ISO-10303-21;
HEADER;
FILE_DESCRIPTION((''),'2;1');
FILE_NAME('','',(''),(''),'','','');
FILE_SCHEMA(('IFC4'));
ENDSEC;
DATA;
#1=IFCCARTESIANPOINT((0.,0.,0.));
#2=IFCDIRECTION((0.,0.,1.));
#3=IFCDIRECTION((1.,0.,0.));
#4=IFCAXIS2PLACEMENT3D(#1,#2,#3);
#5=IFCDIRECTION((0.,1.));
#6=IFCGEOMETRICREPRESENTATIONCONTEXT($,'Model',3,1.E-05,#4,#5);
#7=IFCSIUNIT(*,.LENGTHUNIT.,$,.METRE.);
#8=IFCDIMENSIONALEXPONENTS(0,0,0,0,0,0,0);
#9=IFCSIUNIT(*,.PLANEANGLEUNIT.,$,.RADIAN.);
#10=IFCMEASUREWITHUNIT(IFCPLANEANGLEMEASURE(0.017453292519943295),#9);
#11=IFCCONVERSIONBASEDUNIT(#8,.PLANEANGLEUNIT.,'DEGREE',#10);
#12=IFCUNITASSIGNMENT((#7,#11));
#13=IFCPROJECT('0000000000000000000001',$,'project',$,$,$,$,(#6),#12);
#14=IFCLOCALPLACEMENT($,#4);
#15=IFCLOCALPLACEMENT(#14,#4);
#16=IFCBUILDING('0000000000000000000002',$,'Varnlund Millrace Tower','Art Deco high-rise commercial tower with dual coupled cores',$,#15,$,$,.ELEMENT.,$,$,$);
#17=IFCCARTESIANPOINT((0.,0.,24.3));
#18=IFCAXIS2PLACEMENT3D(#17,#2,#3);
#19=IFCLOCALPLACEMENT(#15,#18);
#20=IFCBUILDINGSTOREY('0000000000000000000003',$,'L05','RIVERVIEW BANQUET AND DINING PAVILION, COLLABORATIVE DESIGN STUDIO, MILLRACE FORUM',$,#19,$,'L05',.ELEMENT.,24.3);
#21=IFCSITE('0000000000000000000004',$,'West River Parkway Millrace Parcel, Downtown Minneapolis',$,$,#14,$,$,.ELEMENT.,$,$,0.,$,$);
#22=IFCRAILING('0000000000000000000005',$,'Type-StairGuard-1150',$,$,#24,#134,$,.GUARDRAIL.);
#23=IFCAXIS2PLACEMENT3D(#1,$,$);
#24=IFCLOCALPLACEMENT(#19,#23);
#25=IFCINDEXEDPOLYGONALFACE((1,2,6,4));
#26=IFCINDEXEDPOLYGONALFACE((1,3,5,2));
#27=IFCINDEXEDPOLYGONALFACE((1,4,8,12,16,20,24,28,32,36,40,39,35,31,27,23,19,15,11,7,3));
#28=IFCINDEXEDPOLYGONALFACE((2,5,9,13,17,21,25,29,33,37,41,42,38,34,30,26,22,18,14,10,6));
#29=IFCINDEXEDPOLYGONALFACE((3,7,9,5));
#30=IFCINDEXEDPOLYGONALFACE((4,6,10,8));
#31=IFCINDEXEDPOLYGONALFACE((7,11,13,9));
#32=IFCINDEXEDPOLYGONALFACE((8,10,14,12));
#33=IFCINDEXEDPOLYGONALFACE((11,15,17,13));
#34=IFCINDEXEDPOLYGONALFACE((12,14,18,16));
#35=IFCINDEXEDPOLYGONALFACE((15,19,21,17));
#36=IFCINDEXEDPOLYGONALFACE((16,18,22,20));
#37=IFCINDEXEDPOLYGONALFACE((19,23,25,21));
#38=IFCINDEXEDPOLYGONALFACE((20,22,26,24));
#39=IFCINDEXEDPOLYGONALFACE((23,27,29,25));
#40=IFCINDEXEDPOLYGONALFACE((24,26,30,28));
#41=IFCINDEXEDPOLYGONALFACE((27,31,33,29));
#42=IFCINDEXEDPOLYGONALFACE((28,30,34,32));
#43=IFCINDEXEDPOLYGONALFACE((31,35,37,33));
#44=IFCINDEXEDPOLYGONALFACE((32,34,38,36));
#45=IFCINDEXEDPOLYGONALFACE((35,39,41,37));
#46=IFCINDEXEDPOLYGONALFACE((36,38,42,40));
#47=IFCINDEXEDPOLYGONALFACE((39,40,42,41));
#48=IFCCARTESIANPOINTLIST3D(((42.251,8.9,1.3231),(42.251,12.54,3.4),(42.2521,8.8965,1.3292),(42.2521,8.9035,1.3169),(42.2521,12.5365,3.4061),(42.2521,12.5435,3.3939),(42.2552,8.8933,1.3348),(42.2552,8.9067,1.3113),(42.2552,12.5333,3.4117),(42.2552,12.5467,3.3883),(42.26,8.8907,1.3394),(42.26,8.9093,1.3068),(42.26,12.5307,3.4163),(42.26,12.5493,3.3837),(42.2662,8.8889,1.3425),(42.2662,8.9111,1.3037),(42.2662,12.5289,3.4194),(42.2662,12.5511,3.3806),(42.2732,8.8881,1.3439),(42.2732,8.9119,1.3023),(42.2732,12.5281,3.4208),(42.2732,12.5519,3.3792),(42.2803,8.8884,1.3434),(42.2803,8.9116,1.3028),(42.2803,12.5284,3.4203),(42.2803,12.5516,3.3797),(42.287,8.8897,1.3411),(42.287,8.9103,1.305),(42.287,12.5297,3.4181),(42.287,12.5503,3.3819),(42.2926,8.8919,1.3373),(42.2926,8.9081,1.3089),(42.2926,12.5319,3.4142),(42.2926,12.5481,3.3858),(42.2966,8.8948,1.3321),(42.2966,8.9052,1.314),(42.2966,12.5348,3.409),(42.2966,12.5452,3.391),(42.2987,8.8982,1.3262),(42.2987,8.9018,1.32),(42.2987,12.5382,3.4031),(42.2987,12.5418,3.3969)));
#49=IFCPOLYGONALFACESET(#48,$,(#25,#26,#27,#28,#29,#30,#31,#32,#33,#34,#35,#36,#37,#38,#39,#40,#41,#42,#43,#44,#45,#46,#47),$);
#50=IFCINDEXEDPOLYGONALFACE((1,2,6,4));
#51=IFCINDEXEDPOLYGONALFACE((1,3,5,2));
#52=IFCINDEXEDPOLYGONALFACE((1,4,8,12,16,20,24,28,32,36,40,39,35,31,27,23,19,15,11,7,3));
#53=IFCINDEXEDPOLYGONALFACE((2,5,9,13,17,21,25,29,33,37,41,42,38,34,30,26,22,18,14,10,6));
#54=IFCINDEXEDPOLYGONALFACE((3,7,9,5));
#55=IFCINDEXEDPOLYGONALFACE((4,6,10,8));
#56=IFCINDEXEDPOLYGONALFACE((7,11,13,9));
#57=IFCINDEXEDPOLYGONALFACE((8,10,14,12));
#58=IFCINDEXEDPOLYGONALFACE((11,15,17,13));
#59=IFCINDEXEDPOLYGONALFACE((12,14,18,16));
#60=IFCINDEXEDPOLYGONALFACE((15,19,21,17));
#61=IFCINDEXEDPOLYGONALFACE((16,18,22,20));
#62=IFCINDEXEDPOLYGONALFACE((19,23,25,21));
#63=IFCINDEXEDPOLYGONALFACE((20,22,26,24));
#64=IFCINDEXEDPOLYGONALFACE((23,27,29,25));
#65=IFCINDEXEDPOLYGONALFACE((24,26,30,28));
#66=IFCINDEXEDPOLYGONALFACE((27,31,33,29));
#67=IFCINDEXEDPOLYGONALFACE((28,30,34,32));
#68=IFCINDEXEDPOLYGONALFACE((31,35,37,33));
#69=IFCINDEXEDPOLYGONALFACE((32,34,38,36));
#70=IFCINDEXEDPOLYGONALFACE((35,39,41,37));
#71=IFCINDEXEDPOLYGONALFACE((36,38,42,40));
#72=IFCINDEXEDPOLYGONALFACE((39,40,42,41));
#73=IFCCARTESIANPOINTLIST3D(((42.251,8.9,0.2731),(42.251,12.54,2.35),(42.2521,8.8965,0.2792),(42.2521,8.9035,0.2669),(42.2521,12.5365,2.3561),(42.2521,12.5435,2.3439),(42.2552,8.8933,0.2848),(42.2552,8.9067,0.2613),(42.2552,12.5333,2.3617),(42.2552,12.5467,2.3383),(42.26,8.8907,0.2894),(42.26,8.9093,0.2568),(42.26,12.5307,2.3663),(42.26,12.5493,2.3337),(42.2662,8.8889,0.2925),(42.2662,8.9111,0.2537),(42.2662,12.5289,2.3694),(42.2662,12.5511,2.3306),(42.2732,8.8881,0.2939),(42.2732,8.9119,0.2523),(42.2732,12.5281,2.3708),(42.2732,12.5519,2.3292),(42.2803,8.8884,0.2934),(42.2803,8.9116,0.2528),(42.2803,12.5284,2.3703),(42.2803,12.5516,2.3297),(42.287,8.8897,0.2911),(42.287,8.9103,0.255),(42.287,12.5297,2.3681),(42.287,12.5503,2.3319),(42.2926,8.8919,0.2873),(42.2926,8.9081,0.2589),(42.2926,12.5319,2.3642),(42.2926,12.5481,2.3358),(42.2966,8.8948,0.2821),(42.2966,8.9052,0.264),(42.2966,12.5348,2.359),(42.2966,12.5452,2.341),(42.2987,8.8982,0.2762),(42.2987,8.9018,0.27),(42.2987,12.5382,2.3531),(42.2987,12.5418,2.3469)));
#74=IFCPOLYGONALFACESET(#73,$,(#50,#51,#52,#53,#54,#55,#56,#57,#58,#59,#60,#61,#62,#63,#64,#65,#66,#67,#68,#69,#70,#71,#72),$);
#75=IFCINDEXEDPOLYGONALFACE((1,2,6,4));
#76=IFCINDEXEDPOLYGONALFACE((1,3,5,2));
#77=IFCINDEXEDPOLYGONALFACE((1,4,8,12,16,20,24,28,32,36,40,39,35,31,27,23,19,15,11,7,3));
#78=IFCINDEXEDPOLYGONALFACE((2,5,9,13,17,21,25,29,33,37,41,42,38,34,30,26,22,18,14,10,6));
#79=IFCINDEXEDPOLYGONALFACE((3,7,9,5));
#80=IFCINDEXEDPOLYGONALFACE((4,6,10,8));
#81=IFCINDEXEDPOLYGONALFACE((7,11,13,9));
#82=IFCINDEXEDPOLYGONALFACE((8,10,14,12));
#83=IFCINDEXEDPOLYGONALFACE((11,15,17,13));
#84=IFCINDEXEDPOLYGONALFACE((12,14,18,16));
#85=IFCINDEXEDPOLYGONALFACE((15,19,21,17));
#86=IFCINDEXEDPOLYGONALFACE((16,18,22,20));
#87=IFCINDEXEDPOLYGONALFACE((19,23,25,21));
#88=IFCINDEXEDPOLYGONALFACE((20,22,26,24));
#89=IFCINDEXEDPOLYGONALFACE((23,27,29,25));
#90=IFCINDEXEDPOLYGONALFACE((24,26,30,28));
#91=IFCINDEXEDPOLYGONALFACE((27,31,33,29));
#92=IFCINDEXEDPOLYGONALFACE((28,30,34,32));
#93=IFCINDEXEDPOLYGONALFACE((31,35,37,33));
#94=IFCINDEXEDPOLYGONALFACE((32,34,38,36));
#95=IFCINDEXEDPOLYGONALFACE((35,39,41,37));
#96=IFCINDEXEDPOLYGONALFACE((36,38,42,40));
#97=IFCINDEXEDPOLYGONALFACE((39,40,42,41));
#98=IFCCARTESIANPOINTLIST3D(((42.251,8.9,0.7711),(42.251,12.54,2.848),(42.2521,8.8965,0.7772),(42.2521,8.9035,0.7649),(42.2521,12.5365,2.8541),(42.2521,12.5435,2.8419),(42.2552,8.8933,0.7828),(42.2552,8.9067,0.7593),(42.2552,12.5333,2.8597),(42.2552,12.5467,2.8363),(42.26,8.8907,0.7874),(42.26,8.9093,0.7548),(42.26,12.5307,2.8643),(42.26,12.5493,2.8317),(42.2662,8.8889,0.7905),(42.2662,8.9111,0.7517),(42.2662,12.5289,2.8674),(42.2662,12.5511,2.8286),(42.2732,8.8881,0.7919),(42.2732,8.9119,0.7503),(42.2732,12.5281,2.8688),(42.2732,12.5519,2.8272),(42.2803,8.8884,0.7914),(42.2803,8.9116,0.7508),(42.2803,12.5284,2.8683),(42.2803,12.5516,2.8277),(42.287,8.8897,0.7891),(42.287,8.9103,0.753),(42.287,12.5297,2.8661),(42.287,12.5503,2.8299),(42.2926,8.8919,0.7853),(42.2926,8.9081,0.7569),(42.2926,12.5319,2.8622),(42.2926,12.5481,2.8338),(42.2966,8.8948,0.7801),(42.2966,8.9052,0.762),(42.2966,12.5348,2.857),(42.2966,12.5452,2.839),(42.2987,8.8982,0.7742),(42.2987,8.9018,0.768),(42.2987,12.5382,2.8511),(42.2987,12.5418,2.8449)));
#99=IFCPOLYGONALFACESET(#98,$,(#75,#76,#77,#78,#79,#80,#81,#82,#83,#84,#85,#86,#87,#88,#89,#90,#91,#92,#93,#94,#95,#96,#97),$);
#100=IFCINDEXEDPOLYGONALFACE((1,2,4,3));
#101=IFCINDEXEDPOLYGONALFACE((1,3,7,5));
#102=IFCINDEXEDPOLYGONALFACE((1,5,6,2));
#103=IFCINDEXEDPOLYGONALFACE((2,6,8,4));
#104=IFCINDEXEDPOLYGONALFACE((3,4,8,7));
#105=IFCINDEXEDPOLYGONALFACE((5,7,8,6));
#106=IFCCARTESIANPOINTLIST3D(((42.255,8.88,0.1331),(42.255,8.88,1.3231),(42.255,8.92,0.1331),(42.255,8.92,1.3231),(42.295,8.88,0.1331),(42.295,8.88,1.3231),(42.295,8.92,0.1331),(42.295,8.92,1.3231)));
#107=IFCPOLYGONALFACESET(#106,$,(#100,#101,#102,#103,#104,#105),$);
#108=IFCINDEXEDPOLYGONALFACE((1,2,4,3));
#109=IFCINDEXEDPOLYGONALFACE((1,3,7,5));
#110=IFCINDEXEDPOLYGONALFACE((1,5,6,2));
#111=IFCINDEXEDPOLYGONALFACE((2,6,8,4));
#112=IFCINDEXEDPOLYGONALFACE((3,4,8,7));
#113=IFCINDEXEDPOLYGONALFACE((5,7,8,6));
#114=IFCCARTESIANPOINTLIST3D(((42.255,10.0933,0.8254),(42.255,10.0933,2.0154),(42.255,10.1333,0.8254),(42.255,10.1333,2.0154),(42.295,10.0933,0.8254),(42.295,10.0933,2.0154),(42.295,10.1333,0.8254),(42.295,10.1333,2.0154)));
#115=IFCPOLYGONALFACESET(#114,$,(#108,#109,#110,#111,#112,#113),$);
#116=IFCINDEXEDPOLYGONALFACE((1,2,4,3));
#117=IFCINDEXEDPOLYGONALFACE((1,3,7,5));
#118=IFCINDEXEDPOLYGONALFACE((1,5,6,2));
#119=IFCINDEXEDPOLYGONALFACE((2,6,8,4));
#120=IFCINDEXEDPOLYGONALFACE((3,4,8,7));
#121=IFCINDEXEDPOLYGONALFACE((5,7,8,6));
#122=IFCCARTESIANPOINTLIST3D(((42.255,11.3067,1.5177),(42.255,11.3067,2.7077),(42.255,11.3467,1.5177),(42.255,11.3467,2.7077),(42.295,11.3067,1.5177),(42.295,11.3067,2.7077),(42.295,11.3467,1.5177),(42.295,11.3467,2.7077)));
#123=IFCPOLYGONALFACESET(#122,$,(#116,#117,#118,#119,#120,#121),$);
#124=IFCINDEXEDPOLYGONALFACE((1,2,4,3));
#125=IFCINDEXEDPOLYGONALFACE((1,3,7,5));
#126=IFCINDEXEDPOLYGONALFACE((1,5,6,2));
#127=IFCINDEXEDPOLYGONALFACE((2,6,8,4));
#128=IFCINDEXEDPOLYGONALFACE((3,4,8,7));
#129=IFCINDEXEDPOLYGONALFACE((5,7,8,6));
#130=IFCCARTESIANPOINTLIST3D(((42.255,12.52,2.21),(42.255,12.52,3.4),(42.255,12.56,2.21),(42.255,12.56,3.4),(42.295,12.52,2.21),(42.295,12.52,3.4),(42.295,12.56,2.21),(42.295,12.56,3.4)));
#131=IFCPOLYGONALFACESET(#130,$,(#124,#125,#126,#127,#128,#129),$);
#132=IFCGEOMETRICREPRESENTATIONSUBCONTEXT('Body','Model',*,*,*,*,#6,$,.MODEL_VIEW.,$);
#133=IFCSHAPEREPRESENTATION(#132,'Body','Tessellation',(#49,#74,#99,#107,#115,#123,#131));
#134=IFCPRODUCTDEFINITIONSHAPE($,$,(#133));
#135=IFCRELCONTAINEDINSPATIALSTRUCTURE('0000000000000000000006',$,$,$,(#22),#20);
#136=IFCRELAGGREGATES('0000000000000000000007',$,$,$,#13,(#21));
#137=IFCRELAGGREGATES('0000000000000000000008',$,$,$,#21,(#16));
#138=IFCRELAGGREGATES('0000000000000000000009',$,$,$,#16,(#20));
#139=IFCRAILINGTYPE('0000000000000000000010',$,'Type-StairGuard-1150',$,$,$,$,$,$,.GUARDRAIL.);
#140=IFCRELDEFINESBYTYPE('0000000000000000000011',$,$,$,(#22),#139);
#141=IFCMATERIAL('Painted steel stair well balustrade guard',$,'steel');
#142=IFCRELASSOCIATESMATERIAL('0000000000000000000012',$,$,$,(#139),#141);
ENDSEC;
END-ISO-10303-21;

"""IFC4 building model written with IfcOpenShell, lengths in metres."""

from ifc_helpers import new_model, entity, si_unit, converted_unit, direction, frame, origin_with_axes, origin_2d_with_axis, place, context, subcontext, project, spatial, rectangle, circle, extrude, material, type_object, element, save


model = new_model("IFC4")

# Units and contexts
model_context = context("Model", 3, precision=1e-05, world=origin_with_axes(), true_north=direction((0.0, 1.0)))
body_context = subcontext(model_context, "Body", "Model", "MODEL_VIEW")
ifc_project = project(units=[si_unit("LENGTHUNIT", "METRE"), converted_unit("PLANEANGLEUNIT", "DEGREE", entity("IfcPlaneAngleMeasure", 0.017453292519943295), si_unit("PLANEANGLEUNIT", "RADIAN"), dimensions=[0, 0, 0, 0, 0, 0, 0])], contexts=[model_context])

# Site, building, storey
site_placement = place(None, origin_with_axes())
site = spatial("IfcSite", under=ifc_project, at=site_placement, Name="West River Parkway Millrace Parcel, Downtown Minneapolis", CompositionType="ELEMENT", RefElevation=0.0)
building_placement = place(site_placement, origin_with_axes())
building = spatial("IfcBuilding", under=site, at=building_placement, Name="Varnlund Millrace Tower", Description="Art Deco high-rise commercial tower with dual coupled cores", CompositionType="ELEMENT")
storey_placement = place(building_placement, frame((0.0, 0.0, 24.3), z_axis=(0.0, 0.0, 1.0), x_axis=(1.0, 0.0, 0.0)))
storey = spatial("IfcBuildingStorey", under=building, at=storey_placement, Name="L05", Description="RIVERVIEW BANQUET AND DINING PAVILION, COLLABORATIVE DESIGN STUDIO, MILLRACE FORUM", LongName="L05", CompositionType="ELEMENT", Elevation=24.3)

# Railing
ifc_material_1 = material(Name="Painted steel stair well balustrade guard", Category="steel")
railing_type_1 = type_object("IfcRailingType", Name="Type-StairGuard-1150", PredefinedType="GUARDRAIL", material=ifc_material_1)
railing_1_placement = place(storey_placement, frame((0.0, 0.0, -24.3), z_axis=(0.0, 0.0, 1.0), x_axis=(1.0, 0.0, 0.0)))
element("IfcRailing", 1, at=railing_1_placement, inside=storey, type_object=railing_type_1, Name="Type-StairGuard-1150", PredefinedType="GUARDRAIL", context=body_context, shape_type="SweptSolid", body=[
    extrude(circle(Radius=0.024, at=origin_2d_with_axis()), frame((42.275, 8.9, 25.6231), z_axis=(0.0, 0.868559, 0.495585), x_axis=(-1.0, 0.0, 0.0)), (0.0, 0.0, 1.0), 4.1908),
    extrude(circle(Radius=0.024, at=origin_2d_with_axis()), frame((42.275, 8.9, 24.5731), z_axis=(0.0, 0.868559, 0.495585), x_axis=(-1.0, 0.0, 0.0)), (0.0, 0.0, 1.0), 4.1908),
    extrude(circle(Radius=0.024, at=origin_2d_with_axis()), frame((42.275, 8.9, 25.0711), z_axis=(0.0, 0.868559, 0.495585), x_axis=(-1.0, 0.0, 0.0)), (0.0, 0.0, 1.0), 4.1908),
    extrude(rectangle(XDim=0.04, YDim=0.04, at=origin_2d_with_axis()), frame((42.275, 8.9, 24.4331), z_axis=(0.0, 0.0, 1.0), x_axis=(1.0, 0.0, 0.0)), (0.0, 0.0, 1.0), 1.19),
    extrude(rectangle(XDim=0.04, YDim=0.04, at=origin_2d_with_axis()), frame((42.275, 10.1133, 25.1254), z_axis=(0.0, 0.0, 1.0), x_axis=(1.0, 0.0, 0.0)), (0.0, 0.0, 1.0), 1.19),
    extrude(rectangle(XDim=0.04, YDim=0.04, at=origin_2d_with_axis()), frame((42.275, 11.3267, 25.8177), z_axis=(0.0, 0.0, 1.0), x_axis=(1.0, 0.0, 0.0)), (0.0, 0.0, 1.0), 1.19),
    extrude(rectangle(XDim=0.04, YDim=0.04, at=origin_2d_with_axis()), frame((42.275, 12.54, 26.51), z_axis=(0.0, 0.0, 1.0), x_axis=(1.0, 0.0, 0.0)), (0.0, 0.0, 1.0), 1.19),
])

save(model, "model.ifc")
